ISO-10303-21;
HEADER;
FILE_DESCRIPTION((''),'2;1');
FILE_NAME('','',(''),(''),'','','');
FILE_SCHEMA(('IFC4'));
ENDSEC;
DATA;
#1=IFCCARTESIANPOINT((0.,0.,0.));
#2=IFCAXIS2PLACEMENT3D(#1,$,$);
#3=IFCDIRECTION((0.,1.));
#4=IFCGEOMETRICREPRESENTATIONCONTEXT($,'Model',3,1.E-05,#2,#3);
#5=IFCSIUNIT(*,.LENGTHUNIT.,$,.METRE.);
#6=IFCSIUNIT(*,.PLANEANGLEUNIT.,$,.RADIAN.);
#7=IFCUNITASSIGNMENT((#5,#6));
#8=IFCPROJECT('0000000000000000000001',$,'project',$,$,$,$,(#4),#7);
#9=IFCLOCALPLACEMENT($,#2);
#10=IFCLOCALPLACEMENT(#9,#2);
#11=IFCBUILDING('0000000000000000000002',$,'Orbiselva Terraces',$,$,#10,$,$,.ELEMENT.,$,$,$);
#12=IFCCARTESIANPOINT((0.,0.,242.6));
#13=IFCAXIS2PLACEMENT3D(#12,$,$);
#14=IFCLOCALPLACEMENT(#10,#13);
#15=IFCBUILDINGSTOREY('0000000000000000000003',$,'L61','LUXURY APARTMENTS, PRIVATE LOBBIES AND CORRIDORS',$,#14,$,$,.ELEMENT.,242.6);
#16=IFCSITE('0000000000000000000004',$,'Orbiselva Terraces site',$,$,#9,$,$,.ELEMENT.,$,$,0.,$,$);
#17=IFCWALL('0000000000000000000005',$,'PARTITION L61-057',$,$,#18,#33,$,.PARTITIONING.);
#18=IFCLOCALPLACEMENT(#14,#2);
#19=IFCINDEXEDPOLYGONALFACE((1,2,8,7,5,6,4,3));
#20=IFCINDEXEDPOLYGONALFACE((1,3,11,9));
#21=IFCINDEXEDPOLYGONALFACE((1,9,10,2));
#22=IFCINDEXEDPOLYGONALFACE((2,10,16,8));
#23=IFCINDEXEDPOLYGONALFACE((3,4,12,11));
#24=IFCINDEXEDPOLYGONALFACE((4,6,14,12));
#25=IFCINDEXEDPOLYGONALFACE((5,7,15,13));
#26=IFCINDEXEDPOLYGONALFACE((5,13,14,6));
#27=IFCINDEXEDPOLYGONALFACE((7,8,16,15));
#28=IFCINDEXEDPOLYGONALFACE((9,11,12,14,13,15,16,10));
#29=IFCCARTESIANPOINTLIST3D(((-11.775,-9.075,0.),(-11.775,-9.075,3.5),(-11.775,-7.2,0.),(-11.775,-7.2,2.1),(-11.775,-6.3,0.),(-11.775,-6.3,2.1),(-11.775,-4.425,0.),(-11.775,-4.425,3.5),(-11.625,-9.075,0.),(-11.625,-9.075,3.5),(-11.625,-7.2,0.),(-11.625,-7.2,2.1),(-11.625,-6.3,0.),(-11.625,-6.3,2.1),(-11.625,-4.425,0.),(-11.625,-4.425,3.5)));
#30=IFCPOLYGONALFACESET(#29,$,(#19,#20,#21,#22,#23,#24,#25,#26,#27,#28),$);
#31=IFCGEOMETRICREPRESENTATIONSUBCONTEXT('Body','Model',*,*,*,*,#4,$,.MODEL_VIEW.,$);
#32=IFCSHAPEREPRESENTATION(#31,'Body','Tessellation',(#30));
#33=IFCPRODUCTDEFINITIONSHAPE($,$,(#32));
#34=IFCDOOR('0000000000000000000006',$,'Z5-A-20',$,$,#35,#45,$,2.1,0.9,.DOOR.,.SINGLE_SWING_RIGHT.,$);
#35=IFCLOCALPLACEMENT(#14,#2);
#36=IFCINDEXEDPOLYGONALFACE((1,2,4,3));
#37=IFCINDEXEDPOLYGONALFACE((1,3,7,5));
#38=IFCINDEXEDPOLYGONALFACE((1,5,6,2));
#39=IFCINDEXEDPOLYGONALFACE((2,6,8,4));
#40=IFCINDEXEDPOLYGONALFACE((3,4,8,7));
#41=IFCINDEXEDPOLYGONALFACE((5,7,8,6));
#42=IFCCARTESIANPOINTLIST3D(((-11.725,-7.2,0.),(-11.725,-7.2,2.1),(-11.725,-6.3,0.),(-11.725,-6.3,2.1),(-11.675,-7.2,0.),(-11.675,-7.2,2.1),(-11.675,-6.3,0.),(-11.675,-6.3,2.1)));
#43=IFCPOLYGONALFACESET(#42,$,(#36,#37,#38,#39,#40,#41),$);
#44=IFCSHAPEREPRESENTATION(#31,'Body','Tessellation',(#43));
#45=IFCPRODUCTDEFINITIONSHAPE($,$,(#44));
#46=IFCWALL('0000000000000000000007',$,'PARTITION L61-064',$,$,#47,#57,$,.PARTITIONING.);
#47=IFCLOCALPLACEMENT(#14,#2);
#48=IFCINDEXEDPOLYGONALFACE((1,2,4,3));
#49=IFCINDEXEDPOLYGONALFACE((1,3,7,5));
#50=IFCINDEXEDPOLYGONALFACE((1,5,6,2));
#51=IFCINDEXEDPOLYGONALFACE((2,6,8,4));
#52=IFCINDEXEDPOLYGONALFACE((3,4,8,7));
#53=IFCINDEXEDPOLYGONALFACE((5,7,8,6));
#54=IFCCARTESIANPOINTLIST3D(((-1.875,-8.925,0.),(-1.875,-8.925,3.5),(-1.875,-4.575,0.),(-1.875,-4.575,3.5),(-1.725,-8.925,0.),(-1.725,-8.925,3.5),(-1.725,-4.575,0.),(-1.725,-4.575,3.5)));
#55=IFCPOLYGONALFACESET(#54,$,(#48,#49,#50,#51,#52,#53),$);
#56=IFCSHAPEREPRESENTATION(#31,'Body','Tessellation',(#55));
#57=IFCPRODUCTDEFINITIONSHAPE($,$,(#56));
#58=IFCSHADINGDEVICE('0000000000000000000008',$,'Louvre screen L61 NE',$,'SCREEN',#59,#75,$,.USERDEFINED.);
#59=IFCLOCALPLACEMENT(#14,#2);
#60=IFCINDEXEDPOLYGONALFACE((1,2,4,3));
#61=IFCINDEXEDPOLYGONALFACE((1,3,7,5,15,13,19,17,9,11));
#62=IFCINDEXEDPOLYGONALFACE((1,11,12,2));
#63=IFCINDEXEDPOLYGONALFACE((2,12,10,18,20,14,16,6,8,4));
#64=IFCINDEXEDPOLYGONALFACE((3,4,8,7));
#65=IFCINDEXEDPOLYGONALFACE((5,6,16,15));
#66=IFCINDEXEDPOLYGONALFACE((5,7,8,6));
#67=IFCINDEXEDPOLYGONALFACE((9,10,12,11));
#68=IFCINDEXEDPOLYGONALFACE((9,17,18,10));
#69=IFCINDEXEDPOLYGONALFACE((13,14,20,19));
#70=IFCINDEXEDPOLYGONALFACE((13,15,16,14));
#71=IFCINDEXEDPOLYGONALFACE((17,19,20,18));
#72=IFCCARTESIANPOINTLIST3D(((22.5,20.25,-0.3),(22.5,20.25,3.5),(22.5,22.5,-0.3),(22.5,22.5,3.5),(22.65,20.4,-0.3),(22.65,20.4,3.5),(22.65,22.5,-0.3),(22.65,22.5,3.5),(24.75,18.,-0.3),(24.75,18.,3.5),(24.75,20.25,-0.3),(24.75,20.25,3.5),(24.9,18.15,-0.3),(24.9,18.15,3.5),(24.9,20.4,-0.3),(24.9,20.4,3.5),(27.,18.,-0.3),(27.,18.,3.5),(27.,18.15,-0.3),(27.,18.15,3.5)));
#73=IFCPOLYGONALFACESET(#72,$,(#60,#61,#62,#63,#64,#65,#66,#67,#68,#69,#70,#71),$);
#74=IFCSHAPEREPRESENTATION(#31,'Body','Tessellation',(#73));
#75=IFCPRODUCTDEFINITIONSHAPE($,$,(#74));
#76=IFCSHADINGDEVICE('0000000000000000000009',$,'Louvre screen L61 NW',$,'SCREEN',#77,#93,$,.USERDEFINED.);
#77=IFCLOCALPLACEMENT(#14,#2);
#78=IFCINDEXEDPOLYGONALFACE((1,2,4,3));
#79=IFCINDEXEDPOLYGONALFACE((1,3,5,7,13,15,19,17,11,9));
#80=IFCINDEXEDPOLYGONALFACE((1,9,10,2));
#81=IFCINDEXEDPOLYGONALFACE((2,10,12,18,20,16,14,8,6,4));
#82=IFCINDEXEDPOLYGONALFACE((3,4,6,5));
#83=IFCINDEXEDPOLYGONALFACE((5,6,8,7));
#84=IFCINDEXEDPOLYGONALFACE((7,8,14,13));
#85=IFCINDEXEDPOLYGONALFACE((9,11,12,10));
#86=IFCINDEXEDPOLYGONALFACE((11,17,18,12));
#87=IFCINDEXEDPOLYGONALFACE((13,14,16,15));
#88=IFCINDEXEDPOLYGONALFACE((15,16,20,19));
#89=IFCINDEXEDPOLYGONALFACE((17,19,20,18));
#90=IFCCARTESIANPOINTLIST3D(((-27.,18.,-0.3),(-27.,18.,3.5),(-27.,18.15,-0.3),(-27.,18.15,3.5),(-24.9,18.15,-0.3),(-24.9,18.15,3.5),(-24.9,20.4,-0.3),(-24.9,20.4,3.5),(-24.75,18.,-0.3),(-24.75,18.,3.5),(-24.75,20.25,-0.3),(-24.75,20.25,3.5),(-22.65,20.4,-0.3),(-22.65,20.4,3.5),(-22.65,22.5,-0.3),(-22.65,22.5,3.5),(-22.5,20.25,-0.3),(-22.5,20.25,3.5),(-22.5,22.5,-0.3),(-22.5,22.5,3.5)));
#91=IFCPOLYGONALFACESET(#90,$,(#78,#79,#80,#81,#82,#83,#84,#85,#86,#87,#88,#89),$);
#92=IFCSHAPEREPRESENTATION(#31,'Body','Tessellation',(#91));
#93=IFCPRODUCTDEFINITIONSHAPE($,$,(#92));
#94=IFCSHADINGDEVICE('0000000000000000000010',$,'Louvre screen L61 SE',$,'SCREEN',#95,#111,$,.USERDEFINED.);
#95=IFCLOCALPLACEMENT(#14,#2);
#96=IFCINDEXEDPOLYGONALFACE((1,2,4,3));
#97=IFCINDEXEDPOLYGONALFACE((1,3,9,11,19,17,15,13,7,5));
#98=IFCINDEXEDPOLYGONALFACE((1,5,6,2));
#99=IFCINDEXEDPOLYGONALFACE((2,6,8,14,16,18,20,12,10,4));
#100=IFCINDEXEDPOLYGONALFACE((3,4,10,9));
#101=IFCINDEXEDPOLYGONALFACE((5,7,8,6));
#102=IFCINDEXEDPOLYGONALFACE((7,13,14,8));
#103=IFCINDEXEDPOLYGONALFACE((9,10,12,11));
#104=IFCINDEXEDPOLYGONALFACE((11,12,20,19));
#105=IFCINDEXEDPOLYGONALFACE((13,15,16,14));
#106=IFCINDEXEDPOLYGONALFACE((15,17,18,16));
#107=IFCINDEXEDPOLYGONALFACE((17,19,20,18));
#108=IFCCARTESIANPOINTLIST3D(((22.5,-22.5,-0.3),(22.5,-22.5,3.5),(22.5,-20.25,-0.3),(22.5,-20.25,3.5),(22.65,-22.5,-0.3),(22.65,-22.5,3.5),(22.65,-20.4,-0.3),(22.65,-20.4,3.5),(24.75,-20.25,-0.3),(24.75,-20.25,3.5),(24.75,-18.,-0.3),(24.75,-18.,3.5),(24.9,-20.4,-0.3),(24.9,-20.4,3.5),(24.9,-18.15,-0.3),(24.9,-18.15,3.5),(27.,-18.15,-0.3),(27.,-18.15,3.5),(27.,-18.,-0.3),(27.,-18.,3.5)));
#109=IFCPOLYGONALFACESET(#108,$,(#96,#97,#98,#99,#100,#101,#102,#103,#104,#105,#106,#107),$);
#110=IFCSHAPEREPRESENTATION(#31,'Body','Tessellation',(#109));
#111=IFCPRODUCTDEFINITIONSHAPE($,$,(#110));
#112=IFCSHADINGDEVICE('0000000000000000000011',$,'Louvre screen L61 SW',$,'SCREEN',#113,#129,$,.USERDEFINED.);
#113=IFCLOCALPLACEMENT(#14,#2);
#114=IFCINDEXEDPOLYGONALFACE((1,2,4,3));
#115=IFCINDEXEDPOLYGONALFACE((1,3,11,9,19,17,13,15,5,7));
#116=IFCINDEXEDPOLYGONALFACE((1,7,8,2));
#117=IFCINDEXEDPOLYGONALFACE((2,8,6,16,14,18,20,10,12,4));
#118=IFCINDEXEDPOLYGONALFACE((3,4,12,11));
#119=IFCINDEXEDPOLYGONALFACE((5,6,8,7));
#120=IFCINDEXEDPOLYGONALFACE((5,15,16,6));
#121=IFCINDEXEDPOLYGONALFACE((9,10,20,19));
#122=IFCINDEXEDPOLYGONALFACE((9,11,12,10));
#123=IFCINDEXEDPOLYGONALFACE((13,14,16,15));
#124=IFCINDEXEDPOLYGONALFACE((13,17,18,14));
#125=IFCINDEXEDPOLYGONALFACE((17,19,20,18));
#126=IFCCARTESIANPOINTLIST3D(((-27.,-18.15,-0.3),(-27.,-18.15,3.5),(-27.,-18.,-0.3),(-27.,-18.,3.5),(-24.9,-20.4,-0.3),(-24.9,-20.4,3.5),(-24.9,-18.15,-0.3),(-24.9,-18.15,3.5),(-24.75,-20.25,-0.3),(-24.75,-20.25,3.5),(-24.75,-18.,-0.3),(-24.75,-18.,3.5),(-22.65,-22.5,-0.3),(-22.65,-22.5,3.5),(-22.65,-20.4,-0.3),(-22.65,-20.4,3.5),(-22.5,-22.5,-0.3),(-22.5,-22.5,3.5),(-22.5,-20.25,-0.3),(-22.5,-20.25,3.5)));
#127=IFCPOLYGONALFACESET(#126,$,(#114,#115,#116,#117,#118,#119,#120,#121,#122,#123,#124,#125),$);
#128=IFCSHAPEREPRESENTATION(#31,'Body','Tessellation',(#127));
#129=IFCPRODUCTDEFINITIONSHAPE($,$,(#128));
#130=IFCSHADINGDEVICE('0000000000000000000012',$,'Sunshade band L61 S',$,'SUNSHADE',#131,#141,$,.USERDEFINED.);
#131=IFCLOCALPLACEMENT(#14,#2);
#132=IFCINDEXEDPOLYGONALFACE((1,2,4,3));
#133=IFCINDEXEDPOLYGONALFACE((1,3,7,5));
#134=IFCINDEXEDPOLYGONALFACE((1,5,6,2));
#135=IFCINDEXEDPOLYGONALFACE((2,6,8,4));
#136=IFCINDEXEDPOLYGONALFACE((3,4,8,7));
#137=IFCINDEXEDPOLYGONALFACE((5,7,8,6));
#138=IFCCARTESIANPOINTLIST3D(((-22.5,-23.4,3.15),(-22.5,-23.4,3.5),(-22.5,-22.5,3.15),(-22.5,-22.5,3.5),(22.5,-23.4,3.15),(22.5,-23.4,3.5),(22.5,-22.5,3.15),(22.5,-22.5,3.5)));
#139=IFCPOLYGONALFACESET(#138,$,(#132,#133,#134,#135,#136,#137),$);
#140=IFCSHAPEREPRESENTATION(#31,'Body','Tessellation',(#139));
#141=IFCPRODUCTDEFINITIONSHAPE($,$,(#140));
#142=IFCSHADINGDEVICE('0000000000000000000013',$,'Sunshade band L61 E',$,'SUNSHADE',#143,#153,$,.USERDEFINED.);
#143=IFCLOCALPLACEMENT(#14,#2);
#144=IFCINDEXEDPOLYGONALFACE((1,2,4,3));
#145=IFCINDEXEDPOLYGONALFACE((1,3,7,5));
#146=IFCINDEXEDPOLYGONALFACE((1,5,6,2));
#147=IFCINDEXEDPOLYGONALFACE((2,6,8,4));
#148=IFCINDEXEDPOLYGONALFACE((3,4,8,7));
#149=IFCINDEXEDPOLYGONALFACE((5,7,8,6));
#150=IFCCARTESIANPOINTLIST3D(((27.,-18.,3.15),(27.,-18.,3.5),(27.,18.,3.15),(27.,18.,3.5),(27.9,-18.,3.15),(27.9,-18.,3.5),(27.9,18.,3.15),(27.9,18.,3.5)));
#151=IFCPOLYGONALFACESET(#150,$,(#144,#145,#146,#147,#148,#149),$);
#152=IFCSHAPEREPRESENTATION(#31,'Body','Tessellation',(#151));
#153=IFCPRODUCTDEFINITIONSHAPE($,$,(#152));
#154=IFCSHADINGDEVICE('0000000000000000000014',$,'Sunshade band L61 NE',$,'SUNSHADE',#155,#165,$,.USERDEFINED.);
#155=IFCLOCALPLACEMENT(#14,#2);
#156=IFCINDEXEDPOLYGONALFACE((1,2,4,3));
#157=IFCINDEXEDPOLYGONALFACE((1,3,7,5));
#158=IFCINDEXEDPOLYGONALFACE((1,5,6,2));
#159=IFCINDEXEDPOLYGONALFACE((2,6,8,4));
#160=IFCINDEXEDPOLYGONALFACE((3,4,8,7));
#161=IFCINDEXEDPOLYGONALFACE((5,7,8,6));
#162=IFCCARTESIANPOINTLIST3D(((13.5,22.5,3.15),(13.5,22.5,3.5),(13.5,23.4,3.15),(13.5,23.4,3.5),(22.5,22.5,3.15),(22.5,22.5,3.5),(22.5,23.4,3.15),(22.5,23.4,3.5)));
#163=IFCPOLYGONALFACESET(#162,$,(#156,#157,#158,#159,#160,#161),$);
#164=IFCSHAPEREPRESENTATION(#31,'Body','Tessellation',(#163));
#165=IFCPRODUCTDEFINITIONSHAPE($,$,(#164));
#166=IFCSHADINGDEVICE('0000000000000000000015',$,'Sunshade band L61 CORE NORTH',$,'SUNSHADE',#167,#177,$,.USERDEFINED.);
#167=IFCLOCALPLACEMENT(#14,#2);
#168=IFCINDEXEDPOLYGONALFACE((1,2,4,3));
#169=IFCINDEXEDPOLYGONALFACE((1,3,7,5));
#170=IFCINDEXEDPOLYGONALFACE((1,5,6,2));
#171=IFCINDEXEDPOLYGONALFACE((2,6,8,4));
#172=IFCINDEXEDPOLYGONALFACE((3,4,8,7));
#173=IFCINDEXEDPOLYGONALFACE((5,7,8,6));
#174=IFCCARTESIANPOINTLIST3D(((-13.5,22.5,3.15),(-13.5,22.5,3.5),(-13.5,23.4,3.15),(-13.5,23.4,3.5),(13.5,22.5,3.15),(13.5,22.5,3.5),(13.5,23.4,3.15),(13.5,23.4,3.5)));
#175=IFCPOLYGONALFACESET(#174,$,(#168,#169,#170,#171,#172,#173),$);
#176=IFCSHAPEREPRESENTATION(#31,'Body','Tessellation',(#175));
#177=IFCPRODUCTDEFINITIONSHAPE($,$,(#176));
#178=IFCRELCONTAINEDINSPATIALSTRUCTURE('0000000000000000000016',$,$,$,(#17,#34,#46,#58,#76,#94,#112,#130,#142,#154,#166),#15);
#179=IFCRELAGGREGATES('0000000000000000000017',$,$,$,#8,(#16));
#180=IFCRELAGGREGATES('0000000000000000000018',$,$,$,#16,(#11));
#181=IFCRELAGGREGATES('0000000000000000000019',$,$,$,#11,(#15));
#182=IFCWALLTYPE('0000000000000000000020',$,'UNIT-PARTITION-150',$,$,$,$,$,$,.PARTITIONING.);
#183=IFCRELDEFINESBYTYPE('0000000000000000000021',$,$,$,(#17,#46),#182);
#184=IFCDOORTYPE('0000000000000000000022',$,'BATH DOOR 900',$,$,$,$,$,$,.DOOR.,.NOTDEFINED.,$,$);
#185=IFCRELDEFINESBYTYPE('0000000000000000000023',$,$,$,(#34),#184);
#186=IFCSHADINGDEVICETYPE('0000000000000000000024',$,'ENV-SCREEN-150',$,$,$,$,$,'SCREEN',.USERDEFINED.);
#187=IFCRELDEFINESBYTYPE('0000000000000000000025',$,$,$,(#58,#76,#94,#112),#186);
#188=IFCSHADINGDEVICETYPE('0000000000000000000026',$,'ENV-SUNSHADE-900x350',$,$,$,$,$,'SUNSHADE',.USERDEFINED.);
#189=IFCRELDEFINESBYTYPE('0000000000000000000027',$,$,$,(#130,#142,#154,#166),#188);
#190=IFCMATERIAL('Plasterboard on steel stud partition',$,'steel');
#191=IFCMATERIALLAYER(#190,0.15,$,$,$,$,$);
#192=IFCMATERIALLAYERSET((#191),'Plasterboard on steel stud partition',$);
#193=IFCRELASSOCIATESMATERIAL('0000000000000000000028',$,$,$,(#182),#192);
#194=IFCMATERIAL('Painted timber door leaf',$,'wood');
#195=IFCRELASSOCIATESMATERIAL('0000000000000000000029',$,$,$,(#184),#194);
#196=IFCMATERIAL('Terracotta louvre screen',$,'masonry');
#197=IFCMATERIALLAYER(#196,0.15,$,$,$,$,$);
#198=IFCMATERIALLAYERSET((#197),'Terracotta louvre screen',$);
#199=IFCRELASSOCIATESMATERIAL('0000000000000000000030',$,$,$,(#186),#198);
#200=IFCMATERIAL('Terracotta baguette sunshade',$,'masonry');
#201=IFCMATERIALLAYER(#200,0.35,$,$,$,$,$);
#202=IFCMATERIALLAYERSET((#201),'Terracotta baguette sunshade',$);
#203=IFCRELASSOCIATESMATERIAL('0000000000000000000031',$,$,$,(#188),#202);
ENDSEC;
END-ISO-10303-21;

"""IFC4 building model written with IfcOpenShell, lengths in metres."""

from ifc_helpers import new_model, si_unit, direction, frame, frame_2d, origin, place, context, subcontext, project, spatial, polyline, rectangle, outline, extrude, material, layer, layer_set, type_object, element, fill, save


model = new_model("IFC4")

# Units and contexts
model_context = context("Model", 3, precision=1e-05, world=origin(), true_north=direction((0.0, 1.0)))
body_context = subcontext(model_context, "Body", "Model", "MODEL_VIEW")
ifc_project = project(units=[si_unit("LENGTHUNIT", "METRE"), si_unit("PLANEANGLEUNIT", "RADIAN")], contexts=[model_context])

# Site, building, storey
site_placement = place(None, origin())
site = spatial("IfcSite", under=ifc_project, at=site_placement, Name="Orbiselva Terraces site", CompositionType="ELEMENT", RefElevation=0.0)
building_placement = place(site_placement, origin())
building = spatial("IfcBuilding", under=site, at=building_placement, Name="Orbiselva Terraces", CompositionType="ELEMENT")
storey_placement = place(building_placement, frame((0.0, 0.0, 242.6)))
storey = spatial("IfcBuildingStorey", under=building, at=storey_placement, Name="L61", Description="LUXURY APARTMENTS, PRIVATE LOBBIES AND CORRIDORS", CompositionType="ELEMENT", Elevation=242.6)

# Shared definitions
ifc_material_1 = material(Name="Plasterboard on steel stud partition", Category="steel")
ifc_layer_1 = layer(ifc_material_1, 0.15)
ifc_layer_set_1 = layer_set([ifc_layer_1], Name="Plasterboard on steel stud partition")
wall_type = type_object("IfcWallType", Name="UNIT-PARTITION-150", PredefinedType="PARTITIONING", material=ifc_layer_set_1)

# Shared definitions
ifc_material_2 = material(Name="Painted timber door leaf", Category="wood")

# Wall, opening, door
wall_1_placement = place(storey_placement, frame((-11.7, -4.425, 0.0), z_axis=(0.0, 0.0, 1.0), x_axis=(0.0, -1.0, 0.0)))
wall_1 = element("IfcWall", 1, at=wall_1_placement, inside=storey, type_object=wall_type, Name="PARTITION L61-057", PredefinedType="PARTITIONING", context=body_context, shape_type="SweptSolid", body=[
    extrude(rectangle(XDim=4.65, YDim=0.15, at=frame_2d((2.325, 0.0))), origin(), (0.0, 0.0, 1.0), 3.5),
])
opening_1_placement = place(wall_1_placement, frame((1.875, 0.0, 0.0)))
opening_1 = element("IfcOpeningElement", 2, at=opening_1_placement, cuts=wall_1, PredefinedType="OPENING", context=body_context, shape_type="SweptSolid", body=[
    extrude(rectangle(XDim=0.9, YDim=2.1, at=frame_2d((0.45, 1.05))), frame((0.0, 0.085, 0.0), z_axis=(0.0, -1.0, 0.0), x_axis=(1.0, 0.0, 0.0)), (0.0, 0.0, 1.0), 0.17),
])
door_type_1 = type_object("IfcDoorType", Name="BATH DOOR 900", OperationType="NOTDEFINED", PredefinedType="DOOR", material=ifc_material_2)
door_1_placement = place(opening_1_placement, origin())
door_1 = element("IfcDoor", 3, at=door_1_placement, inside=storey, type_object=door_type_1, Name="Z5-A-20", OperationType="SINGLE_SWING_RIGHT", OverallHeight=2.1, OverallWidth=0.9, PredefinedType="DOOR", context=body_context, shape_type="SweptSolid", body=[
    extrude(rectangle(XDim=0.9, YDim=2.1, at=frame_2d((0.45, 1.05))), frame((0.0, 0.025, 0.0), z_axis=(0.0, -1.0, 0.0), x_axis=(1.0, 0.0, 0.0)), (0.0, 0.0, 1.0), 0.05),
])
fill(opening_1, door_1)

# Wall
wall_2_placement = place(storey_placement, frame((-1.8, -8.925, 0.0), z_axis=(0.0, 0.0, 1.0), x_axis=(0.0, 1.0, 0.0)))
element("IfcWall", 4, at=wall_2_placement, inside=storey, type_object=wall_type, Name="PARTITION L61-064", PredefinedType="PARTITIONING", context=body_context, shape_type="SweptSolid", body=[
    extrude(rectangle(XDim=4.35, YDim=0.15, at=frame_2d((2.175, 0.0))), origin(), (0.0, 0.0, 1.0), 3.5),
])

# Shading devices
ifc_material_3 = material(Name="Terracotta louvre screen", Category="masonry")
ifc_layer_2 = layer(ifc_material_3, 0.15)
ifc_layer_set_2 = layer_set([ifc_layer_2], Name="Terracotta louvre screen")
shading_device_type_1 = type_object("IfcShadingDeviceType", Name="ENV-SCREEN-150", ElementType="SCREEN", PredefinedType="USERDEFINED", material=ifc_layer_set_2)
shading_device_1_placement = place(storey_placement, frame((0.0, 0.0, -0.3)))
element("IfcShadingDevice", 5, at=shading_device_1_placement, inside=storey, type_object=shading_device_type_1, Name="Louvre screen L61 NE", ObjectType="SCREEN", PredefinedType="USERDEFINED", context=body_context, shape_type="SweptSolid", body=[
    extrude(outline(polyline([(27.0, 18.15), (24.9, 18.15), (24.9, 20.4), (22.65, 20.4), (22.65, 22.5), (22.5, 22.5), (22.5, 20.25), (24.75, 20.25), (24.75, 18.0), (27.0, 18.0), (27.0, 18.15)])), origin(), (0.0, 0.0, 1.0), 3.8),
])
shading_device_2_placement = place(storey_placement, frame((0.0, 0.0, -0.3)))
element("IfcShadingDevice", 6, at=shading_device_2_placement, inside=storey, type_object=shading_device_type_1, Name="Louvre screen L61 NW", ObjectType="SCREEN", PredefinedType="USERDEFINED", context=body_context, shape_type="SweptSolid", body=[
    extrude(outline(polyline([(-22.65, 22.5), (-22.65, 20.4), (-24.9, 20.4), (-24.9, 18.15), (-27.0, 18.15), (-27.0, 18.0), (-24.75, 18.0), (-24.75, 20.25), (-22.5, 20.25), (-22.5, 22.5), (-22.65, 22.5)])), origin(), (0.0, 0.0, 1.0), 3.8),
])
shading_device_3_placement = place(storey_placement, frame((0.0, 0.0, -0.3)))
element("IfcShadingDevice", 7, at=shading_device_3_placement, inside=storey, type_object=shading_device_type_1, Name="Louvre screen L61 SE", ObjectType="SCREEN", PredefinedType="USERDEFINED", context=body_context, shape_type="SweptSolid", body=[
    extrude(outline(polyline([(22.65, -22.5), (22.65, -20.4), (24.9, -20.4), (24.9, -18.15), (27.0, -18.15), (27.0, -18.0), (24.75, -18.0), (24.75, -20.25), (22.5, -20.25), (22.5, -22.5), (22.65, -22.5)])), origin(), (0.0, 0.0, 1.0), 3.8),
])
shading_device_4_placement = place(storey_placement, frame((0.0, 0.0, -0.3)))
element("IfcShadingDevice", 8, at=shading_device_4_placement, inside=storey, type_object=shading_device_type_1, Name="Louvre screen L61 SW", ObjectType="SCREEN", PredefinedType="USERDEFINED", context=body_context, shape_type="SweptSolid", body=[
    extrude(outline(polyline([(-27.0, -18.15), (-24.9, -18.15), (-24.9, -20.4), (-22.65, -20.4), (-22.65, -22.5), (-22.5, -22.5), (-22.5, -20.25), (-24.75, -20.25), (-24.75, -18.0), (-27.0, -18.0), (-27.0, -18.15)])), origin(), (0.0, 0.0, 1.0), 3.8),
])
ifc_material_4 = material(Name="Terracotta baguette sunshade", Category="masonry")
ifc_layer_3 = layer(ifc_material_4, 0.35)
ifc_layer_set_3 = layer_set([ifc_layer_3], Name="Terracotta baguette sunshade")
shading_device_type_2 = type_object("IfcShadingDeviceType", Name="ENV-SUNSHADE-900x350", ElementType="SUNSHADE", PredefinedType="USERDEFINED", material=ifc_layer_set_3)
shading_device_5_placement = place(storey_placement, frame((0.0, 0.0, 3.15)))
element("IfcShadingDevice", 9, at=shading_device_5_placement, inside=storey, type_object=shading_device_type_2, Name="Sunshade band L61 S", ObjectType="SUNSHADE", PredefinedType="USERDEFINED", context=body_context, shape_type="SweptSolid", body=[
    extrude(outline(polyline([(-22.5, -23.4), (22.5, -23.4), (22.5, -22.5), (-22.5, -22.5), (-22.5, -23.4)])), origin(), (0.0, 0.0, 1.0), 0.35),
])
shading_device_6_placement = place(storey_placement, frame((0.0, 0.0, 3.15)))
element("IfcShadingDevice", 10, at=shading_device_6_placement, inside=storey, type_object=shading_device_type_2, Name="Sunshade band L61 E", ObjectType="SUNSHADE", PredefinedType="USERDEFINED", context=body_context, shape_type="SweptSolid", body=[
    extrude(outline(polyline([(27.9, -18.0), (27.9, 18.0), (27.0, 18.0), (27.0, -18.0), (27.9, -18.0)])), origin(), (0.0, 0.0, 1.0), 0.35),
])
shading_device_7_placement = place(storey_placement, frame((0.0, 0.0, 3.15)))
element("IfcShadingDevice", 11, at=shading_device_7_placement, inside=storey, type_object=shading_device_type_2, Name="Sunshade band L61 NE", ObjectType="SUNSHADE", PredefinedType="USERDEFINED", context=body_context, shape_type="SweptSolid", body=[
    extrude(outline(polyline([(22.5, 23.4), (13.5, 23.4), (13.5, 22.5), (22.5, 22.5), (22.5, 23.4)])), origin(), (0.0, 0.0, 1.0), 0.35),
])
shading_device_8_placement = place(storey_placement, frame((0.0, 0.0, 3.15)))
element("IfcShadingDevice", 12, at=shading_device_8_placement, inside=storey, type_object=shading_device_type_2, Name="Sunshade band L61 CORE NORTH", ObjectType="SUNSHADE", PredefinedType="USERDEFINED", context=body_context, shape_type="SweptSolid", body=[
    extrude(outline(polyline([(13.5, 23.4), (-13.5, 23.4), (-13.5, 22.5), (13.5, 22.5), (13.5, 23.4)])), origin(), (0.0, 0.0, 1.0), 0.35),
])

save(model, "model.ifc")
